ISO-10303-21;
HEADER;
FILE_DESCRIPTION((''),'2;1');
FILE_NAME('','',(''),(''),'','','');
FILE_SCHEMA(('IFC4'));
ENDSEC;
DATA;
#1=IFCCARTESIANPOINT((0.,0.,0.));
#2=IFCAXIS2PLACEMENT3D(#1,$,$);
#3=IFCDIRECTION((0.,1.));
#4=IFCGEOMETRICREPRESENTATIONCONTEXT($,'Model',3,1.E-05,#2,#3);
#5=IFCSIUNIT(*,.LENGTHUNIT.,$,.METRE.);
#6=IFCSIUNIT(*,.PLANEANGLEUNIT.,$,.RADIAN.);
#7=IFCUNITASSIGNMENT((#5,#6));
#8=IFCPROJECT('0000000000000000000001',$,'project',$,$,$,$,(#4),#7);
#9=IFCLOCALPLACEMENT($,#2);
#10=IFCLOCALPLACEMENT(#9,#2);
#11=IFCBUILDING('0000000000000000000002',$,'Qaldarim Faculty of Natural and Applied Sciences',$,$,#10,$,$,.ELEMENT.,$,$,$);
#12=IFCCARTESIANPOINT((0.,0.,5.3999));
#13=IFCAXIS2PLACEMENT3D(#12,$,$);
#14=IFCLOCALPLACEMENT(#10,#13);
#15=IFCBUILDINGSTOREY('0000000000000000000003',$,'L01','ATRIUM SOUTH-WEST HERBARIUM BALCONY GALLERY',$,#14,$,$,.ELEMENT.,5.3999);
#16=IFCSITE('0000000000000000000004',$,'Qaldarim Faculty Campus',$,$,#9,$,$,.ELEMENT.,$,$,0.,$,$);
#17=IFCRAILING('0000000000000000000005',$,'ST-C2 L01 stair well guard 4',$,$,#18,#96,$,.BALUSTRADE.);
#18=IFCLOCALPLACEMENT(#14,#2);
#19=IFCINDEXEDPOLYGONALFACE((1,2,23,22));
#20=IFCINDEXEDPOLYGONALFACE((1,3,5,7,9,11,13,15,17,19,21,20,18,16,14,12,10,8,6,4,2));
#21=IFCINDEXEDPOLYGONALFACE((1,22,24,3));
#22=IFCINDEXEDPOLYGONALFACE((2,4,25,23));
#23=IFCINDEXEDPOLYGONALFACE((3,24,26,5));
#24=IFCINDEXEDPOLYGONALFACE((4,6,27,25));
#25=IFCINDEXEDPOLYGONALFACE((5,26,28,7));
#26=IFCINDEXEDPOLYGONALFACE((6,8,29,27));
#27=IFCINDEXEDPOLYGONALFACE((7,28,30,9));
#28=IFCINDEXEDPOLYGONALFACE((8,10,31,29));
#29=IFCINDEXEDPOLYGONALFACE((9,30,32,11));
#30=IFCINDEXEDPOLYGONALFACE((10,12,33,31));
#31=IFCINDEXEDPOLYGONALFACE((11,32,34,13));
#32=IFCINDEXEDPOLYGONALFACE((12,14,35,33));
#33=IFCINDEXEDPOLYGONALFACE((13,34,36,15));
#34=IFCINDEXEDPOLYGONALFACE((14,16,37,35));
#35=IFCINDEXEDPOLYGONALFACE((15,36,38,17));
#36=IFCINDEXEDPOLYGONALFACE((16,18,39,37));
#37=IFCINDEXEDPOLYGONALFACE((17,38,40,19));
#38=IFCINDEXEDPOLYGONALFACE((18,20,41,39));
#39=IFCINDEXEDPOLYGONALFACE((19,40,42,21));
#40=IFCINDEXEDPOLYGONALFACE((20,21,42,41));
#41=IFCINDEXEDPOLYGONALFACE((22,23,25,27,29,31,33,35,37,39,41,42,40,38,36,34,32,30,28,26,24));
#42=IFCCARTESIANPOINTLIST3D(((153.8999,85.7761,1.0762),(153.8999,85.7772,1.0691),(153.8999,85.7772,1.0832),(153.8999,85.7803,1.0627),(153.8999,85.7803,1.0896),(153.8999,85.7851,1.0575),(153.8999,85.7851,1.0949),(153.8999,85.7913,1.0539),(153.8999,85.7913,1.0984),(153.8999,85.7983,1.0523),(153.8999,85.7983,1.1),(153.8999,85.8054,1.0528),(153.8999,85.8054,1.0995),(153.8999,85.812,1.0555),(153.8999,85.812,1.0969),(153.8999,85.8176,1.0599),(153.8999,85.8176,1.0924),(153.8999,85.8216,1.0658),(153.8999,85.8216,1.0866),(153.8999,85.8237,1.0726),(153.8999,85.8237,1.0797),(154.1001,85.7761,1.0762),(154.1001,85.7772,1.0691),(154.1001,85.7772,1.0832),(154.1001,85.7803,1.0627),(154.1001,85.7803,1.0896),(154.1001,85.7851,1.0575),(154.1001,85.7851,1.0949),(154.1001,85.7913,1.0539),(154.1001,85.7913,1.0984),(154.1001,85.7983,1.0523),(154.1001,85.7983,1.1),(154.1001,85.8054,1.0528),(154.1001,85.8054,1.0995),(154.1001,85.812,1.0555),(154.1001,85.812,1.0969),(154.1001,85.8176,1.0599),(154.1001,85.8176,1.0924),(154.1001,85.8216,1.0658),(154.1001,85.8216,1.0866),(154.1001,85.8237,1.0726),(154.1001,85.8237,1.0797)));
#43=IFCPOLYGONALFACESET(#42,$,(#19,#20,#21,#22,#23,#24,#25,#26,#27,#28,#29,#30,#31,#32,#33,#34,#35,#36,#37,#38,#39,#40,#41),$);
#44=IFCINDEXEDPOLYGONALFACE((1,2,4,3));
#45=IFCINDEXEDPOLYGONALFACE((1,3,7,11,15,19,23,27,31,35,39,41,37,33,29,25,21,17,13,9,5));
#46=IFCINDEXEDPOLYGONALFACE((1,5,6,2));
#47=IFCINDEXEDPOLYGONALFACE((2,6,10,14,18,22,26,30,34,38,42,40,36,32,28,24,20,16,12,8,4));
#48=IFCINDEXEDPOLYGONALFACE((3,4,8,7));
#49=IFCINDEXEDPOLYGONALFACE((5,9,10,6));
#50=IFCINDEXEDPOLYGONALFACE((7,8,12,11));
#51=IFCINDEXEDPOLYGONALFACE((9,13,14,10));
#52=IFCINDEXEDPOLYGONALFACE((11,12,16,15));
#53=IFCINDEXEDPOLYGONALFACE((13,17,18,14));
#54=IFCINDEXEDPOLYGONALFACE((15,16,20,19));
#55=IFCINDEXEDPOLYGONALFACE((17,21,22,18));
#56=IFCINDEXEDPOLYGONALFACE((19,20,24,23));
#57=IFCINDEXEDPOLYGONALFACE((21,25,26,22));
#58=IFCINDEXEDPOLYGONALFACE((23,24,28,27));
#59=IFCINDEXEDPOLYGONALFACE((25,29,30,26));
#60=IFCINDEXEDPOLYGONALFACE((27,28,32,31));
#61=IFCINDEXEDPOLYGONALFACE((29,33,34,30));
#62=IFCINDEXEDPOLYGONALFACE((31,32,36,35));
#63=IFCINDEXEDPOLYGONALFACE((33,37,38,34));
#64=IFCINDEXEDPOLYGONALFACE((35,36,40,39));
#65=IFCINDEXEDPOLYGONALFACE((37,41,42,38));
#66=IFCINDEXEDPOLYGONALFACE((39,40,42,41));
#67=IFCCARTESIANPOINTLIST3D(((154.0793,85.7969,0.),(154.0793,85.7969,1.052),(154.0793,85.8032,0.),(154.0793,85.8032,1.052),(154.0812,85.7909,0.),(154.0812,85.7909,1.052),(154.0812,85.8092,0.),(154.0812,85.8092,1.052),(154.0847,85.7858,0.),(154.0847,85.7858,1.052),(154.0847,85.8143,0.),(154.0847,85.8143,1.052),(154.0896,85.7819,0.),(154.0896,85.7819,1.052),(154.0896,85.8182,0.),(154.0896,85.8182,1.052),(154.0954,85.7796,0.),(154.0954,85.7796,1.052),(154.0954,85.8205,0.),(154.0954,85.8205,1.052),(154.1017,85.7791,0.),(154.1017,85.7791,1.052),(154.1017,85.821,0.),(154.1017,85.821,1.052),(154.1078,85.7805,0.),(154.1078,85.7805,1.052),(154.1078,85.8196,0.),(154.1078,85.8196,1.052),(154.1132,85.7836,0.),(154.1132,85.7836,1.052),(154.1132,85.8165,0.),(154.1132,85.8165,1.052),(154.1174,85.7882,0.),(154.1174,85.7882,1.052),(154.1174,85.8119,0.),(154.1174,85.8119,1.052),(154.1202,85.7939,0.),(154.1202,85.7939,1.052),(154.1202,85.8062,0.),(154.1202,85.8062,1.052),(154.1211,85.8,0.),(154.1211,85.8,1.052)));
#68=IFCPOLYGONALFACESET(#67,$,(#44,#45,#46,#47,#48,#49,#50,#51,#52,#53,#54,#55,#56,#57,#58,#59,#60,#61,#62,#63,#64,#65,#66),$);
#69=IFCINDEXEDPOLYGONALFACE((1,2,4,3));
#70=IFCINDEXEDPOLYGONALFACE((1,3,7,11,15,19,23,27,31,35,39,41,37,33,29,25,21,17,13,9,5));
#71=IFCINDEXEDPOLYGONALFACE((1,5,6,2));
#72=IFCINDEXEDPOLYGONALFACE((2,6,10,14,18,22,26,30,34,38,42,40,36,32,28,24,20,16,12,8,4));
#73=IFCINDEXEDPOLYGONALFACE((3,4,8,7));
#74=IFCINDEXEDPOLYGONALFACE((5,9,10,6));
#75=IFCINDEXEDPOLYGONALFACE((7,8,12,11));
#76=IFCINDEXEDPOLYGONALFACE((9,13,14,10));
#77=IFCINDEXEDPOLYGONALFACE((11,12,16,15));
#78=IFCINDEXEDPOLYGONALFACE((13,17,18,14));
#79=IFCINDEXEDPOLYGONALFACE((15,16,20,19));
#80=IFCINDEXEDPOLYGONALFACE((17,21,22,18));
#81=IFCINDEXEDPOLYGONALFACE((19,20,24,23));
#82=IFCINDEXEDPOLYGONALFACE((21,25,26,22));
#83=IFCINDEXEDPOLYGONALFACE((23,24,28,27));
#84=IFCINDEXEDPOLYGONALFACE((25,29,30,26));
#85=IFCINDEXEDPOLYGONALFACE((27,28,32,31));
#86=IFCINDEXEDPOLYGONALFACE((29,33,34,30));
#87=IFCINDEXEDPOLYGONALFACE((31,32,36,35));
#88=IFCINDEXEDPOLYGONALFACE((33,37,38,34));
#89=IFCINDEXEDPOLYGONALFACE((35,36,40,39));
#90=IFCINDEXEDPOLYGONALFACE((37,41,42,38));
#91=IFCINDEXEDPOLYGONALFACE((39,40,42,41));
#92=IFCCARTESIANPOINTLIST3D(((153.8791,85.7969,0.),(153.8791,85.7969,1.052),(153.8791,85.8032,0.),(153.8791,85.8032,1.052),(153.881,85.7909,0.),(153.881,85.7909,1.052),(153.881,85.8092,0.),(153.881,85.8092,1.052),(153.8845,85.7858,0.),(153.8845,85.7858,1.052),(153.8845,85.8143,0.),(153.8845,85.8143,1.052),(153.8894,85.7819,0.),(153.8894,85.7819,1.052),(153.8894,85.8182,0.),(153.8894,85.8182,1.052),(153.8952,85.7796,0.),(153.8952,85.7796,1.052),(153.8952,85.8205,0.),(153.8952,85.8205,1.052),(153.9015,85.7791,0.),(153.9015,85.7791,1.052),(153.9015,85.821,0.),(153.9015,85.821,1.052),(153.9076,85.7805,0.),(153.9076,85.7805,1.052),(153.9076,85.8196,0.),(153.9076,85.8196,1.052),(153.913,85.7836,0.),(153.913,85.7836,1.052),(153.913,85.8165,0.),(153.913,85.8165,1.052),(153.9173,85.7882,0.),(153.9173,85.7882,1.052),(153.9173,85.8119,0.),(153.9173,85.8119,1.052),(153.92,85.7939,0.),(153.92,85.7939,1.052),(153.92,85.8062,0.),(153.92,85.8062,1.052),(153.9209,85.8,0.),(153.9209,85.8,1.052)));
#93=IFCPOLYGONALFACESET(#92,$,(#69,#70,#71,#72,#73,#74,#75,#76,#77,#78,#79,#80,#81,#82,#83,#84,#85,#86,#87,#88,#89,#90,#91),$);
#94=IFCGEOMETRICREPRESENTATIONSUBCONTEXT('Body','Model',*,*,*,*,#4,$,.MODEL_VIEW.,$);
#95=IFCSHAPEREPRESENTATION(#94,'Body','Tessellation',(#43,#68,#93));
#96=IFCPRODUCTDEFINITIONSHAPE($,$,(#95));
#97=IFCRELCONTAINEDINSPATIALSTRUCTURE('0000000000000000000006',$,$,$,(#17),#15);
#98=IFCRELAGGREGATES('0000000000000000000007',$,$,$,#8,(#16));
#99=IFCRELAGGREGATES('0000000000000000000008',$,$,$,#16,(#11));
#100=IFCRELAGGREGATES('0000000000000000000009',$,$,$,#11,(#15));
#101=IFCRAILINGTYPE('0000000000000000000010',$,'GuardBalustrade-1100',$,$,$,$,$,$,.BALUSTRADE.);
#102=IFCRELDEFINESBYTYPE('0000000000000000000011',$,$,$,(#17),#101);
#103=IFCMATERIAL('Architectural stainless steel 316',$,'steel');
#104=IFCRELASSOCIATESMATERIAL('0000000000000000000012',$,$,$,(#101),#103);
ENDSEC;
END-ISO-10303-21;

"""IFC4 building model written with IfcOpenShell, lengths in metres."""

from ifc_helpers import new_model, si_unit, direction, frame, origin, origin_2d, place, context, subcontext, project, spatial, circle, extrude, material, type_object, element, save


model = new_model("IFC4")

# Units and contexts
model_context = context("Model", 3, precision=1e-05, world=origin(), true_north=direction((0.0, 1.0)))
body_context = subcontext(model_context, "Body", "Model", "MODEL_VIEW")
ifc_project = project(units=[si_unit("LENGTHUNIT", "METRE"), si_unit("PLANEANGLEUNIT", "RADIAN")], contexts=[model_context])

# Site, building, storey
site_placement = place(None, origin())
site = spatial("IfcSite", under=ifc_project, at=site_placement, Name="Qaldarim Faculty Campus", CompositionType="ELEMENT", RefElevation=0.0)
building_placement = place(site_placement, origin())
building = spatial("IfcBuilding", under=site, at=building_placement, Name="Qaldarim Faculty of Natural and Applied Sciences", CompositionType="ELEMENT")
storey_placement = place(building_placement, frame((0.0, 0.0, 5.3999)))
storey = spatial("IfcBuildingStorey", under=building, at=storey_placement, Name="L01", Description="ATRIUM SOUTH-WEST HERBARIUM BALCONY GALLERY", CompositionType="ELEMENT", Elevation=5.3999)

# Shared definitions
ifc_material_1 = material(Name="Architectural stainless steel 316", Category="steel")

# Railing
railing_type_1 = type_object("IfcRailingType", Name="GuardBalustrade-1100", PredefinedType="BALUSTRADE", material=ifc_material_1)
railing_1_placement = place(storey_placement, frame((154.1001, 85.8, 0.0)))
element("IfcRailing", 1, at=railing_1_placement, inside=storey, type_object=railing_type_1, Name="ST-C2 L01 stair well guard 4", PredefinedType="BALUSTRADE", context=body_context, shape_type="SweptSolid", body=[
    extrude(circle(Radius=0.0239, at=origin_2d()), frame((0.0, 0.0, 1.0762), z_axis=(-1.0, 0.0, 0.0), x_axis=(0.0, -1.0, 0.0)), (0.0, 0.0, 1.0), 0.2002),
    extrude(circle(Radius=0.021, at=origin_2d()), origin(), (0.0, 0.0, 1.0), 1.052),
    extrude(circle(Radius=0.021, at=origin_2d()), frame((-0.2002, 0.0, 0.0)), (0.0, 0.0, 1.0), 1.052),
])

save(model, "model.ifc")
